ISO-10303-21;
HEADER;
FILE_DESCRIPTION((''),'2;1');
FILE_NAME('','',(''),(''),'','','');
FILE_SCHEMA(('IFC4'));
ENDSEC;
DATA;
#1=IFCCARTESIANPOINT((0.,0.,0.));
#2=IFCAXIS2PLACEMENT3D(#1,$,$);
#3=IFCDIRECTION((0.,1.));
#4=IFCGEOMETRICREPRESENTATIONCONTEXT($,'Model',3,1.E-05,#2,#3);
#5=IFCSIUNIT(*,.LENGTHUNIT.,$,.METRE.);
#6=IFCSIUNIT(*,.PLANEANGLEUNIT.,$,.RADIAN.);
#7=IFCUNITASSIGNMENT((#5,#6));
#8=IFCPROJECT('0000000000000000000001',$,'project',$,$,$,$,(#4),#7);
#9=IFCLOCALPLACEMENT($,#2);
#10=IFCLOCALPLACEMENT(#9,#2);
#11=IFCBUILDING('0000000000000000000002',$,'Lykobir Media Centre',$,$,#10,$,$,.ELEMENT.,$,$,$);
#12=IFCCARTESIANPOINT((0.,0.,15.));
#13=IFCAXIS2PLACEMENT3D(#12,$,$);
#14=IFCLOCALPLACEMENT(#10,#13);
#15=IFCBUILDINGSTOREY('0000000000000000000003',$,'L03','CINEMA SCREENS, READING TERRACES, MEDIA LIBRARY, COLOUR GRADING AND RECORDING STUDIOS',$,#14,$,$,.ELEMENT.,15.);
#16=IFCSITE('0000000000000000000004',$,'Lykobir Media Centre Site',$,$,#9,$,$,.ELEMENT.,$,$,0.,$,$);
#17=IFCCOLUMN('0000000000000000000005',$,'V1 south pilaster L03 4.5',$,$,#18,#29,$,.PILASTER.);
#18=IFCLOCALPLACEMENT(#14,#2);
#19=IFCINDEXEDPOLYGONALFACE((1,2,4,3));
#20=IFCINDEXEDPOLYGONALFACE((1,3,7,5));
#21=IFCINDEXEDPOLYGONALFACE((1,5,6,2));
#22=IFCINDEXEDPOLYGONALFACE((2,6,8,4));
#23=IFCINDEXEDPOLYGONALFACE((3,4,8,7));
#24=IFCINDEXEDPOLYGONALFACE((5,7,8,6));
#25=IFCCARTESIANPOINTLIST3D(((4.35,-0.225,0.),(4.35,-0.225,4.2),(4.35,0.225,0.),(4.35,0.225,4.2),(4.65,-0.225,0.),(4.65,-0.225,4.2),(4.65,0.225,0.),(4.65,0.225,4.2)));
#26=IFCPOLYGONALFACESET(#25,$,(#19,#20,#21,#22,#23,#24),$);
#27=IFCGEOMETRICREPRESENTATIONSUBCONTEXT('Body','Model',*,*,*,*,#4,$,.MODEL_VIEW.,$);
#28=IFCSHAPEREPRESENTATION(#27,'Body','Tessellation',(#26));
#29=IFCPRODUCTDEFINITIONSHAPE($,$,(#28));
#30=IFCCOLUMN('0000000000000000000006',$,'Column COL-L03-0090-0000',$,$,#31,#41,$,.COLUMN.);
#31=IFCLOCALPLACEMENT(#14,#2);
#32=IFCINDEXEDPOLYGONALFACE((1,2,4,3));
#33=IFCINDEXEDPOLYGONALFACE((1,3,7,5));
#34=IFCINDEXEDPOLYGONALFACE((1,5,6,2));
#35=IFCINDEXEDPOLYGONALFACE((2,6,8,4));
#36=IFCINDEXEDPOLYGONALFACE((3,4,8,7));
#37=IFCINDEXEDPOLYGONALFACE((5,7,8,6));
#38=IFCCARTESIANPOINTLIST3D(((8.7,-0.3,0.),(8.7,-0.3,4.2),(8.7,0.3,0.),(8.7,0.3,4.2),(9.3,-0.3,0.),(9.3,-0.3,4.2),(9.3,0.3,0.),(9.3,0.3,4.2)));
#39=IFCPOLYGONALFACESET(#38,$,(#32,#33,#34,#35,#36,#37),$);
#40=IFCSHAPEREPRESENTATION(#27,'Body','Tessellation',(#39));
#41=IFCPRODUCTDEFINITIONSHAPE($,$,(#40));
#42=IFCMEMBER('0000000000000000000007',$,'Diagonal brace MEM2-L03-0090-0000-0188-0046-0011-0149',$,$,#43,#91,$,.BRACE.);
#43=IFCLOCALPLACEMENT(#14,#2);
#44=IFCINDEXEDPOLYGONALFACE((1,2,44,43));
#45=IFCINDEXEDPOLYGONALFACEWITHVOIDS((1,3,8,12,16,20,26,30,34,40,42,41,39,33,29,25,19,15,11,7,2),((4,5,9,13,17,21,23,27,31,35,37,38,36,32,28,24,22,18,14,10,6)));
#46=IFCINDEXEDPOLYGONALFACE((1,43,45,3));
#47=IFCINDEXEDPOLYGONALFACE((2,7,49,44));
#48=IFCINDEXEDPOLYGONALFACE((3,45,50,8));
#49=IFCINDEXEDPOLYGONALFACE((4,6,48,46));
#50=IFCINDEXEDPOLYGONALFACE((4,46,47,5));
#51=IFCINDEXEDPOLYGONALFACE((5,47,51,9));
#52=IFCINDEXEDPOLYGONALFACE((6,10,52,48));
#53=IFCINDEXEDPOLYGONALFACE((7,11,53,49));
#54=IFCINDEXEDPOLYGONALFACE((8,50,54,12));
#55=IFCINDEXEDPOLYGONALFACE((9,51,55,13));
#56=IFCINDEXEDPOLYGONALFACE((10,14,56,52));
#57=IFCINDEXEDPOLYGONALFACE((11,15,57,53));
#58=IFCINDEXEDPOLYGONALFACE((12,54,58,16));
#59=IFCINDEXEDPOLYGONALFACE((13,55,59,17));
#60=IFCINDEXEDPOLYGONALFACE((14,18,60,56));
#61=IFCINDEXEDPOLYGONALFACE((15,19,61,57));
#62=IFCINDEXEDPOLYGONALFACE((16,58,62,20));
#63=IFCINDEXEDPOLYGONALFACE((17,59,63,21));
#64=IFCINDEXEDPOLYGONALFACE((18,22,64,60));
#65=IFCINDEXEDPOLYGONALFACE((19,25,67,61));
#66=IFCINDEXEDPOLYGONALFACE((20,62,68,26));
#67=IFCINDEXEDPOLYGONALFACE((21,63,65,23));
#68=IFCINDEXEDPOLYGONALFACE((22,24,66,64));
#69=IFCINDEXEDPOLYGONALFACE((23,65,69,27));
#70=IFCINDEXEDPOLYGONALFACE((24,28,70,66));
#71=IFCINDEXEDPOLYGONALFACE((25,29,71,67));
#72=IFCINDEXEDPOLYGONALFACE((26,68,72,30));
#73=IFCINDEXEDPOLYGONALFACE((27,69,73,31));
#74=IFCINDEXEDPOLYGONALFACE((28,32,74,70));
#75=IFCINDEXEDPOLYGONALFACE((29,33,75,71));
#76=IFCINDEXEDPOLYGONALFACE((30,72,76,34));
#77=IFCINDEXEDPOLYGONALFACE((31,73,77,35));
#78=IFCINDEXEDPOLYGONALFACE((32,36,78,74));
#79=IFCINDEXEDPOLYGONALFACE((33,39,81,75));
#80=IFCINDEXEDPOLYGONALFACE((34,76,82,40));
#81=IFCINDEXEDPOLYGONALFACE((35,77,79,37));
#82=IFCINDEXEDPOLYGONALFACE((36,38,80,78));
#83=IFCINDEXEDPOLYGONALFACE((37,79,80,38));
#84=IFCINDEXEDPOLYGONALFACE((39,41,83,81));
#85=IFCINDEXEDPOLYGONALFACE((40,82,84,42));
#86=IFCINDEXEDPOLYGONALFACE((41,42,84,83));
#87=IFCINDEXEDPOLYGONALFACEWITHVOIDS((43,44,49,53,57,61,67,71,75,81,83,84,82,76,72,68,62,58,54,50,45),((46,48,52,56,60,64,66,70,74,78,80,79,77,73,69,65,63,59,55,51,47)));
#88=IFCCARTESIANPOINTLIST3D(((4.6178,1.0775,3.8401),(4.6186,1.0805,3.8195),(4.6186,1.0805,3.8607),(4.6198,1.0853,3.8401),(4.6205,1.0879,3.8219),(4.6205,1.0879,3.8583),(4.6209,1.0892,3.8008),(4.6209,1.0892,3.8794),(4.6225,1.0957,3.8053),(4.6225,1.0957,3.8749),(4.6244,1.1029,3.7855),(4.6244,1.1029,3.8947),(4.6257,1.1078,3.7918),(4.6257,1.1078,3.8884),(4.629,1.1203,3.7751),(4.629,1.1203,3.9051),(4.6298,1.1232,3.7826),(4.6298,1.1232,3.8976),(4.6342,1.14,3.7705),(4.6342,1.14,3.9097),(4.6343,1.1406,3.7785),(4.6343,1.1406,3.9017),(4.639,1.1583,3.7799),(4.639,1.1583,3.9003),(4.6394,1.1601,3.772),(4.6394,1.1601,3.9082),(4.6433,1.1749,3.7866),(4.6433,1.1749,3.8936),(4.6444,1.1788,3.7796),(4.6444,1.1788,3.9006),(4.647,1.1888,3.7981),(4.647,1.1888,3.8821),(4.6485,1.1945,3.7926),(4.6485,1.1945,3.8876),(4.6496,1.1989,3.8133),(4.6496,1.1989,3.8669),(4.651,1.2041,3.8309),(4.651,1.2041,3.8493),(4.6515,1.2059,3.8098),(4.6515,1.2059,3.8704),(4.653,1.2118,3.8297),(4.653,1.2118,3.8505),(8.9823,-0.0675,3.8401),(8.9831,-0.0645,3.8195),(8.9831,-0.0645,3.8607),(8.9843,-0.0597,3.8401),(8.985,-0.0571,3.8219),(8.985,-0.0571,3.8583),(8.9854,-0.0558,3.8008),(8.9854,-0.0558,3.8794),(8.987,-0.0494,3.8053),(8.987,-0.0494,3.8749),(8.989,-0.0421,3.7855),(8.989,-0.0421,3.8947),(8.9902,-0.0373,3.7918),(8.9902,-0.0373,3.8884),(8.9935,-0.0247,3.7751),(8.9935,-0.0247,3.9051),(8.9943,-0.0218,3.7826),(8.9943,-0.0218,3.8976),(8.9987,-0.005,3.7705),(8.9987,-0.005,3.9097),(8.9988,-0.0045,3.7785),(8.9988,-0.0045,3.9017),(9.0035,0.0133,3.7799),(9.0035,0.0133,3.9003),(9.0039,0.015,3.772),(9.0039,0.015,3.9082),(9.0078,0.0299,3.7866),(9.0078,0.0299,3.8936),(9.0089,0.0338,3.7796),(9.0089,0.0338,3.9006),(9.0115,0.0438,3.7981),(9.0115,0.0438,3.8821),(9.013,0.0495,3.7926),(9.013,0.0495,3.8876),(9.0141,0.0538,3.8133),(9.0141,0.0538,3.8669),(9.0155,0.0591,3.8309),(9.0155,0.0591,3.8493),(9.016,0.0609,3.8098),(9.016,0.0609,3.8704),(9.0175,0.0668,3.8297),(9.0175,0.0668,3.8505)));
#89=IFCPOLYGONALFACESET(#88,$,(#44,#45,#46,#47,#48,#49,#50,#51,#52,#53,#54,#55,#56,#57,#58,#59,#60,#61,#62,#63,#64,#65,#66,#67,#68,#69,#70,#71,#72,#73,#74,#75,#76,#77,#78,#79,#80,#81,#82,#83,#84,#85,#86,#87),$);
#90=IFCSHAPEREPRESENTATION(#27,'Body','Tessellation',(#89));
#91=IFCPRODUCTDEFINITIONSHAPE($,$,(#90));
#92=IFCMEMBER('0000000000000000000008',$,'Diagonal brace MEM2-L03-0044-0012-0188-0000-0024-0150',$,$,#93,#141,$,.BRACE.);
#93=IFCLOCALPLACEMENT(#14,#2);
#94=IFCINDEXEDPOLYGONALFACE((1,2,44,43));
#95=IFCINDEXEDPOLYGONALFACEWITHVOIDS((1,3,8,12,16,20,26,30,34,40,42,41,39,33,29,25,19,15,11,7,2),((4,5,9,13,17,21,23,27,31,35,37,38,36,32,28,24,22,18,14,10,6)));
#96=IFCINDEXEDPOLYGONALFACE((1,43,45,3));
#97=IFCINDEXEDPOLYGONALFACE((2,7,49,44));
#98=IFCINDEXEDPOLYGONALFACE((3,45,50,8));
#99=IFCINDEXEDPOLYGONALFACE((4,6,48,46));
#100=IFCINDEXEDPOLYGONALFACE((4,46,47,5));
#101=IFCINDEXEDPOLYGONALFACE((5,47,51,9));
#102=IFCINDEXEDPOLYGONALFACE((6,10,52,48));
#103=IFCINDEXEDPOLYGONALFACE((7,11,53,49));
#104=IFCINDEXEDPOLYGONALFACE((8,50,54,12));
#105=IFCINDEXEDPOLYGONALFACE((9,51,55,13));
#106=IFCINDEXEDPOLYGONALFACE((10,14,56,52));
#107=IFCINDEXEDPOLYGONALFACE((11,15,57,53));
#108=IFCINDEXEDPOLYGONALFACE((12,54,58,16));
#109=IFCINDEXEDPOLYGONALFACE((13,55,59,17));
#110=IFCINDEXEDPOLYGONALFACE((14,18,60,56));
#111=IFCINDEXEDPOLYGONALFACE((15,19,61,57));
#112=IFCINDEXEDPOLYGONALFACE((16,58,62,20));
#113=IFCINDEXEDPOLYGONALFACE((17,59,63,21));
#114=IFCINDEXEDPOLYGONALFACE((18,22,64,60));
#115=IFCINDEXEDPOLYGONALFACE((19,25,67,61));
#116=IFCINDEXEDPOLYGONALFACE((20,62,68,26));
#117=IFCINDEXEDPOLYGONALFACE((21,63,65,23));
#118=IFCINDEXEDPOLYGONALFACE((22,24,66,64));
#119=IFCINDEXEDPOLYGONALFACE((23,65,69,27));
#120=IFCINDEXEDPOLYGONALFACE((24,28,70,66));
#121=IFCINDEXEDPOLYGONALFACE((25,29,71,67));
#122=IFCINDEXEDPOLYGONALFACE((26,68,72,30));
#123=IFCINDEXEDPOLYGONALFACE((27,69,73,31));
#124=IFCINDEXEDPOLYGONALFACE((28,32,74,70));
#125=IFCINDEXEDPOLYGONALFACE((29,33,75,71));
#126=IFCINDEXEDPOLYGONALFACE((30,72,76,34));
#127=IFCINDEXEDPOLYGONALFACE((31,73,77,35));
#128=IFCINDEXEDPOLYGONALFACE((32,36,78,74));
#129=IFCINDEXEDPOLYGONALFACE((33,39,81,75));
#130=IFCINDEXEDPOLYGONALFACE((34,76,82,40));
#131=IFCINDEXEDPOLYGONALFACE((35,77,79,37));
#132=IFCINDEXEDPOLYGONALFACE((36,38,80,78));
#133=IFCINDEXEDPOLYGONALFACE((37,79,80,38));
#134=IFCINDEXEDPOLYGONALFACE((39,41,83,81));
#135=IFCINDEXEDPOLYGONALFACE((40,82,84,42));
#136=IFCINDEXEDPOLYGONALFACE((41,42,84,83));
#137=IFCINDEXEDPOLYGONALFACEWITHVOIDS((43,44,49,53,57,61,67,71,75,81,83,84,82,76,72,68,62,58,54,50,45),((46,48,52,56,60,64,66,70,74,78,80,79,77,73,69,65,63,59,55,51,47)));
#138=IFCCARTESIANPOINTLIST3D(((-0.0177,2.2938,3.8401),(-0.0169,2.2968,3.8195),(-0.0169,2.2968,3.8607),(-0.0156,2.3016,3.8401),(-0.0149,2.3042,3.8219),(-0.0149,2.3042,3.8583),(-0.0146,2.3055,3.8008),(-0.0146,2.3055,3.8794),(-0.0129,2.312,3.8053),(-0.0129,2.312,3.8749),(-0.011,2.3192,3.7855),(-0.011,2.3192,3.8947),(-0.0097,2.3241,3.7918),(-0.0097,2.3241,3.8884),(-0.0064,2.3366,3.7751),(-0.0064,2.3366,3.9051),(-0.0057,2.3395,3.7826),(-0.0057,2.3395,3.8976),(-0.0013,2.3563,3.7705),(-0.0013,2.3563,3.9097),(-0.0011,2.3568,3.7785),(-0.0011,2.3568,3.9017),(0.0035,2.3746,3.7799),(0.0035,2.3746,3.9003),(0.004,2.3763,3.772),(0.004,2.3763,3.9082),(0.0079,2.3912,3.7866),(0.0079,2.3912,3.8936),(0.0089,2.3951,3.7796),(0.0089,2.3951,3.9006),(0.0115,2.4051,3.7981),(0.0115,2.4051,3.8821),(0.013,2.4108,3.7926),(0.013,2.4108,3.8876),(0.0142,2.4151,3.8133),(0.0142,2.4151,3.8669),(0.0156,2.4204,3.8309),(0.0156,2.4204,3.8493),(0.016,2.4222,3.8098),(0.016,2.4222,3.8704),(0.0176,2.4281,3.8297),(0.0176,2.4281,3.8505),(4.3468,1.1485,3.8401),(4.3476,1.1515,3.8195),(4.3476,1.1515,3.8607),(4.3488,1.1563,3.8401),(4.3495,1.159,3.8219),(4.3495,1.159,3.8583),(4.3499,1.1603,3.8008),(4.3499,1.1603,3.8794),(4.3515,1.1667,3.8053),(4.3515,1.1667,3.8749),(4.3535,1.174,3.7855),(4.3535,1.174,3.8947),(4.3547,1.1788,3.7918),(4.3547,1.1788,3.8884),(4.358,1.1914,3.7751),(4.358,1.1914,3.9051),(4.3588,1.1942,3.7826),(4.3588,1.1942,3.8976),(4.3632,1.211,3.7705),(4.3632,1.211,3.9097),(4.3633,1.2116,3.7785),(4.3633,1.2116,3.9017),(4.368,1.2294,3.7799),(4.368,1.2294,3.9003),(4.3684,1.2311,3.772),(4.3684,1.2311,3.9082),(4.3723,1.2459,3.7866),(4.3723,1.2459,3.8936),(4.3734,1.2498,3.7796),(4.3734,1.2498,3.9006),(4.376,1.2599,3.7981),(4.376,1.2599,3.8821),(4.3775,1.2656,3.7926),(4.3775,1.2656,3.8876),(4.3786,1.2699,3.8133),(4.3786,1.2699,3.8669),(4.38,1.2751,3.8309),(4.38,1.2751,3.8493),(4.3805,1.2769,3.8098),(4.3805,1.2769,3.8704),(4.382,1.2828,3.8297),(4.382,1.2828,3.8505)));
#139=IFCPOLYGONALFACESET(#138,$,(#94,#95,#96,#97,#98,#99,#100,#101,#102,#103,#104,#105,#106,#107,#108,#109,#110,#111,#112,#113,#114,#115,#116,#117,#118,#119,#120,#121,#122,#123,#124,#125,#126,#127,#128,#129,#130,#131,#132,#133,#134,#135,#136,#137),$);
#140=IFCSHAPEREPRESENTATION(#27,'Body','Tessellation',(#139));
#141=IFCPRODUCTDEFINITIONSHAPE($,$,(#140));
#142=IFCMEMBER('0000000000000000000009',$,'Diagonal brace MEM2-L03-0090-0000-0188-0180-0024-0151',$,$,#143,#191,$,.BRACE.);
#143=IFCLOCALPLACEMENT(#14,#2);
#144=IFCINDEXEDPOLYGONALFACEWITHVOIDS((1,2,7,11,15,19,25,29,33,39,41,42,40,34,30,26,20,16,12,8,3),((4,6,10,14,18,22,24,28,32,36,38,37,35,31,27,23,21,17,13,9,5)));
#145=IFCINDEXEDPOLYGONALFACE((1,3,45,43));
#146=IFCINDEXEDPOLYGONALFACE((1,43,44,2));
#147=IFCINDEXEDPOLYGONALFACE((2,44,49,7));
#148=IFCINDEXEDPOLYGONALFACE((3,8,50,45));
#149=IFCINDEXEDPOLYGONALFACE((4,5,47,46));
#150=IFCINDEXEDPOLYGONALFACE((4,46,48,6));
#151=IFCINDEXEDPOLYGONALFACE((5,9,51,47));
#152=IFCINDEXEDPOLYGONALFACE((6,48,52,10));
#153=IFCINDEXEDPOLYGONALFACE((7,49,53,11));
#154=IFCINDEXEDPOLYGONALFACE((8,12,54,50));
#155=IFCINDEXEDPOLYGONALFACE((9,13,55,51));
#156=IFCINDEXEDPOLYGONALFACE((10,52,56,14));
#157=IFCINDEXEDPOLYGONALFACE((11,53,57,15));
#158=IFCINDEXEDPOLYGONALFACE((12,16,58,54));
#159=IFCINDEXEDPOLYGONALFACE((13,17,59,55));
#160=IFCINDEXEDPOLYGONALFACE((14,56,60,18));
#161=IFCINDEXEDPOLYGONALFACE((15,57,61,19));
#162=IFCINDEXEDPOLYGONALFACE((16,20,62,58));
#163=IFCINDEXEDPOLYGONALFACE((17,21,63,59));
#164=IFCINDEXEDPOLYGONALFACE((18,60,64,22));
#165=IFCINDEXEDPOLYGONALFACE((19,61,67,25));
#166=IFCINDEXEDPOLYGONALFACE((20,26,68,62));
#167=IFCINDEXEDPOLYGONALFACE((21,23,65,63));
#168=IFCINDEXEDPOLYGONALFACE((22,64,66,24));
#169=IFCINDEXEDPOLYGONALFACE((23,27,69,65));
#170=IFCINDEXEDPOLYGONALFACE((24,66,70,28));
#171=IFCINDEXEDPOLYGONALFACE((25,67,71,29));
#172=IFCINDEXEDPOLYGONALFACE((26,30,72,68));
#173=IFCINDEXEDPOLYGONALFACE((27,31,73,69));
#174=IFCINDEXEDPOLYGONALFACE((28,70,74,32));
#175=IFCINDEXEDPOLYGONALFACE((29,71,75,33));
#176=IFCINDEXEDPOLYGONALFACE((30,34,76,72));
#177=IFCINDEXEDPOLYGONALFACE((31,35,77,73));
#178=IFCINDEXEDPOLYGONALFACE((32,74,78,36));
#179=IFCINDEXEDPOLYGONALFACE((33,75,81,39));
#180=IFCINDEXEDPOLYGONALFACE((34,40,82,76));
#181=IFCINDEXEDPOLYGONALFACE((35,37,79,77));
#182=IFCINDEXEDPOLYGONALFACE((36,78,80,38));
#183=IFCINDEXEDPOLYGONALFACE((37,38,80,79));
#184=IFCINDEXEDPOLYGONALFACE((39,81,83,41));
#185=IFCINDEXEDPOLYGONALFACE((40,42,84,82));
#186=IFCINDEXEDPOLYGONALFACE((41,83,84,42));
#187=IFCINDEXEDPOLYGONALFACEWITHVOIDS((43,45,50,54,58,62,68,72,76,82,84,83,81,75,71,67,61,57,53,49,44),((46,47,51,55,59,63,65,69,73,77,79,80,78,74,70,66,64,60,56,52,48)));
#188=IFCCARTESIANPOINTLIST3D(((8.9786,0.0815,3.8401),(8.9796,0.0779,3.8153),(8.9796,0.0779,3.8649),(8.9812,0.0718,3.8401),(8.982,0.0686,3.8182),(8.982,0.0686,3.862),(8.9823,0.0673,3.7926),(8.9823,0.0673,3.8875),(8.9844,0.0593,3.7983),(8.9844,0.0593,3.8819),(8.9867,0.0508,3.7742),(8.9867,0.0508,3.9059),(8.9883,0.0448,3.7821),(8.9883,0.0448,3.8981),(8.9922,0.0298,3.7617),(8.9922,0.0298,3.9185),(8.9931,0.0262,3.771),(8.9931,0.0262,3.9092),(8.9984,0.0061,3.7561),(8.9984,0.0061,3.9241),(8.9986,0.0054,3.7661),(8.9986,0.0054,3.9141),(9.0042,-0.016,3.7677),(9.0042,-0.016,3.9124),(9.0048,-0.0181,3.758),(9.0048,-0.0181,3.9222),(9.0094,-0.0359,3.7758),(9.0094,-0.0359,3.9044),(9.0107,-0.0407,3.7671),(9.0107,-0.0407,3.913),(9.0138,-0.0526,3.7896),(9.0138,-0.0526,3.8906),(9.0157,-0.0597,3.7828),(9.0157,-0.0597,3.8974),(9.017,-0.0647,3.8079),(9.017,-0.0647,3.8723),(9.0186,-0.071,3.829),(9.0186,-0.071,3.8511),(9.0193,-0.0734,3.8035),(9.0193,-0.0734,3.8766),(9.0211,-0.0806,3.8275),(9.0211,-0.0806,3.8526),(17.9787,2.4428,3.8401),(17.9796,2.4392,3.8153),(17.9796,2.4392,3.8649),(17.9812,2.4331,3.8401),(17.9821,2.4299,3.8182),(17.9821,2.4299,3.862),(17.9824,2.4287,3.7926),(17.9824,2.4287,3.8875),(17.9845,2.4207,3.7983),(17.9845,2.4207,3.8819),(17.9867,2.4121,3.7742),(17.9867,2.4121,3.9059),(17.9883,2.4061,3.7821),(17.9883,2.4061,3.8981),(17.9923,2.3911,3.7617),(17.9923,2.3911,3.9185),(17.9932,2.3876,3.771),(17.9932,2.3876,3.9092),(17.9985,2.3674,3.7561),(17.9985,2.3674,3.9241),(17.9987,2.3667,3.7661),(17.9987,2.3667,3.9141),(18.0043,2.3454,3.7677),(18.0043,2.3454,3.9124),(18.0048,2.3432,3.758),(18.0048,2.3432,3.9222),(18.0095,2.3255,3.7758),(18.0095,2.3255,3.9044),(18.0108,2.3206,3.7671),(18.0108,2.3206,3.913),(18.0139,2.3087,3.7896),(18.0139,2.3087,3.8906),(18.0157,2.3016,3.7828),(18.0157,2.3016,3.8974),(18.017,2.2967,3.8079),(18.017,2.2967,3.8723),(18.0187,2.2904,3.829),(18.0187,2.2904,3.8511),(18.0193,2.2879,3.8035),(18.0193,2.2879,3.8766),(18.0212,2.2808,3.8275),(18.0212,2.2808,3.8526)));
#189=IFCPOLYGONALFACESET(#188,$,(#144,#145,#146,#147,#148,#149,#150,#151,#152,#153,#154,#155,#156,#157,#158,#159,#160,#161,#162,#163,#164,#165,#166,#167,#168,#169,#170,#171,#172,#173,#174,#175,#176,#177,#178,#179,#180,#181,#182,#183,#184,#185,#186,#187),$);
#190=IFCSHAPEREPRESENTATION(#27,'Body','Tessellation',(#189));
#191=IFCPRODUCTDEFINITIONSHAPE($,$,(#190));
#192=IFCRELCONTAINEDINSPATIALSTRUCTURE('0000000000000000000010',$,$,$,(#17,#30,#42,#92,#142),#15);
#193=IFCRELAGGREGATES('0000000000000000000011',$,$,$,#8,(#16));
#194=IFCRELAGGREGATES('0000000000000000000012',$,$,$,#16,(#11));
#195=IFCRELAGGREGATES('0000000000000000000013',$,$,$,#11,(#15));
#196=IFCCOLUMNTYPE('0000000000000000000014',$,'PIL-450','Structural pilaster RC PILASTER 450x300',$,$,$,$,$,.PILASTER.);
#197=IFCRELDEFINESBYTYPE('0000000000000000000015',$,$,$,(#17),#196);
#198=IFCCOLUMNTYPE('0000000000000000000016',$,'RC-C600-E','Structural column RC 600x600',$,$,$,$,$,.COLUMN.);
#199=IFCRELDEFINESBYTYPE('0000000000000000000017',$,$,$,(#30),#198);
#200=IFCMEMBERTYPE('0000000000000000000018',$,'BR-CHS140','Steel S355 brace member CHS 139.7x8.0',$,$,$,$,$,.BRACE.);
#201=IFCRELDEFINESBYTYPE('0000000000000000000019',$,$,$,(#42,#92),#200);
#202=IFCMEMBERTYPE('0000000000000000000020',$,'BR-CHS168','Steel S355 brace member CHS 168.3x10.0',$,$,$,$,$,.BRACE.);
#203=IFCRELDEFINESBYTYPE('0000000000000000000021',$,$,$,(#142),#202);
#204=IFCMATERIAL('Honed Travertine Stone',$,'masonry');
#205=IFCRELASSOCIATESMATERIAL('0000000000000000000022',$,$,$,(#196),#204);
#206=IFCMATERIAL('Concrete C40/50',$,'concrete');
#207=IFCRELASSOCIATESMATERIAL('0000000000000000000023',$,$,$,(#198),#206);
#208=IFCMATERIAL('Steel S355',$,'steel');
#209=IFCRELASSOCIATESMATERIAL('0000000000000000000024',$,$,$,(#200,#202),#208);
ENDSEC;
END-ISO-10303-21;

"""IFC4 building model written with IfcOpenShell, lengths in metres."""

from ifc_helpers import new_model, si_unit, direction, frame, origin, origin_2d, place, context, subcontext, project, spatial, rectangle, hollow_circle, extrude, material, material_profile, profile_set, type_object, element, save


model = new_model("IFC4")

# Units and contexts
model_context = context("Model", 3, precision=1e-05, world=origin(), true_north=direction((0.0, 1.0)))
body_context = subcontext(model_context, "Body", "Model", "MODEL_VIEW")
ifc_project = project(units=[si_unit("LENGTHUNIT", "METRE"), si_unit("PLANEANGLEUNIT", "RADIAN")], contexts=[model_context])

# Site, building, storey
site_placement = place(None, origin())
site = spatial("IfcSite", under=ifc_project, at=site_placement, Name="Lykobir Media Centre Site", CompositionType="ELEMENT", RefElevation=0.0)
building_placement = place(site_placement, origin())
building = spatial("IfcBuilding", under=site, at=building_placement, Name="Lykobir Media Centre", CompositionType="ELEMENT")
storey_placement = place(building_placement, frame((0.0, 0.0, 15.0)))
storey = spatial("IfcBuildingStorey", under=building, at=storey_placement, Name="L03", Description="CINEMA SCREENS, READING TERRACES, MEDIA LIBRARY, COLOUR GRADING AND RECORDING STUDIOS", CompositionType="ELEMENT", Elevation=15.0)

# Columns
ifc_material_1 = material(Name="Honed Travertine Stone", Category="masonry")
ifc_material_profile_1 = material_profile(ifc_material_1, rectangle(XDim=0.3, YDim=0.45, at=origin_2d()), Name="RC PILASTER 450x300")
ifc_profile_set_1 = profile_set([ifc_material_profile_1], Name="Honed Travertine Stone")
column_type_1 = type_object("IfcColumnType", Name="PIL-450", Description="Structural pilaster RC PILASTER 450x300", PredefinedType="PILASTER", material=ifc_profile_set_1)
column_1_placement = place(storey_placement, frame((4.5, 0.0, 0.0), z_axis=(0.0, 0.0, 1.0), x_axis=(1.0, 0.0, 0.0)))
element("IfcColumn", 1, at=column_1_placement, inside=storey, type_object=column_type_1, Name="V1 south pilaster L03 4.5", PredefinedType="PILASTER", context=body_context, shape_type="SweptSolid", body=[
    extrude(rectangle(XDim=0.3, YDim=0.45, at=origin_2d()), origin(), (0.0, 0.0, 1.0), 4.2),
])
ifc_material_2 = material(Name="Concrete C40/50", Category="concrete")
ifc_material_profile_2 = material_profile(ifc_material_2, rectangle(XDim=0.6001, YDim=0.6001, at=origin_2d()), Name="RC 600x600")
ifc_profile_set_2 = profile_set([ifc_material_profile_2], Name="Concrete C40/50")
column_type_2 = type_object("IfcColumnType", Name="RC-C600-E", Description="Structural column RC 600x600", PredefinedType="COLUMN", material=ifc_profile_set_2)
column_2_placement = place(storey_placement, frame((9.0, 0.0, 0.0), z_axis=(0.0, 0.0, 1.0), x_axis=(1.0, 0.0, 0.0)))
element("IfcColumn", 2, at=column_2_placement, inside=storey, type_object=column_type_2, Name="Column COL-L03-0090-0000", PredefinedType="COLUMN", context=body_context, shape_type="SweptSolid", body=[
    extrude(rectangle(XDim=0.6001, YDim=0.6001, at=origin_2d()), origin(), (0.0, 0.0, 1.0), 4.2),
])

# Members
ifc_material_3 = material(Name="Steel S355", Category="steel")
ifc_material_profile_3 = material_profile(ifc_material_3, hollow_circle(Radius=0.0698, WallThickness=0.0081, at=origin_2d()), Name="CHS 139.7x8.0")
ifc_profile_set_3 = profile_set([ifc_material_profile_3], Name="Steel S355")
member_type_1 = type_object("IfcMemberType", Name="BR-CHS140", Description="Steel S355 brace member CHS 139.7x8.0", PredefinedType="BRACE", material=ifc_profile_set_3)
for number, where, z_axis, x_axis, name in (
    (3, (9.0, 0.0, 3.8401), (-0.967267, 0.253761, 0.0), (-0.253761, -0.967267, 0.0), "Diagonal brace MEM2-L03-0090-0000-0188-0046-0011-0149"),
    (4, (4.3645, 1.2161, 3.8401), (-0.967254, 0.253811, 0.0), (-0.253811, -0.967254, 0.0), "Diagonal brace MEM2-L03-0044-0012-0188-0000-0024-0150"),
):
    element("IfcMember", number, at=place(storey_placement, frame(where, z_axis=z_axis, x_axis=x_axis)), inside=storey, type_object=member_type_1, Name=name, PredefinedType="BRACE", context=body_context, shape_type="SweptSolid", body=[
        extrude(hollow_circle(Radius=0.0698, WallThickness=0.0081, at=origin_2d()), origin(), (0.0, 0.0, 1.0), 4.5122),
    ])
ifc_material_profile_4 = material_profile(ifc_material_3, hollow_circle(Radius=0.0842, WallThickness=0.01, at=origin_2d()), Name="CHS 168.3x10.0")
ifc_profile_set_4 = profile_set([ifc_material_profile_4], Name="Steel S355")
member_type_2 = type_object("IfcMemberType", Name="BR-CHS168", Description="Steel S355 brace member CHS 168.3x10.0", PredefinedType="BRACE", material=ifc_profile_set_4)
member_1_placement = place(storey_placement, frame((9.0, 0.0, 3.8401), z_axis=(0.967262, 0.25378, 0.0), x_axis=(-0.25378, 0.967262, 0.0)))
element("IfcMember", 5, at=member_1_placement, inside=storey, type_object=member_type_2, Name="Diagonal brace MEM2-L03-0090-0000-0188-0180-0024-0151", PredefinedType="BRACE", context=body_context, shape_type="SweptSolid", body=[
    extrude(hollow_circle(Radius=0.0842, WallThickness=0.01, at=origin_2d()), origin(), (0.0, 0.0, 1.0), 9.3047),
])

save(model, "model.ifc")
